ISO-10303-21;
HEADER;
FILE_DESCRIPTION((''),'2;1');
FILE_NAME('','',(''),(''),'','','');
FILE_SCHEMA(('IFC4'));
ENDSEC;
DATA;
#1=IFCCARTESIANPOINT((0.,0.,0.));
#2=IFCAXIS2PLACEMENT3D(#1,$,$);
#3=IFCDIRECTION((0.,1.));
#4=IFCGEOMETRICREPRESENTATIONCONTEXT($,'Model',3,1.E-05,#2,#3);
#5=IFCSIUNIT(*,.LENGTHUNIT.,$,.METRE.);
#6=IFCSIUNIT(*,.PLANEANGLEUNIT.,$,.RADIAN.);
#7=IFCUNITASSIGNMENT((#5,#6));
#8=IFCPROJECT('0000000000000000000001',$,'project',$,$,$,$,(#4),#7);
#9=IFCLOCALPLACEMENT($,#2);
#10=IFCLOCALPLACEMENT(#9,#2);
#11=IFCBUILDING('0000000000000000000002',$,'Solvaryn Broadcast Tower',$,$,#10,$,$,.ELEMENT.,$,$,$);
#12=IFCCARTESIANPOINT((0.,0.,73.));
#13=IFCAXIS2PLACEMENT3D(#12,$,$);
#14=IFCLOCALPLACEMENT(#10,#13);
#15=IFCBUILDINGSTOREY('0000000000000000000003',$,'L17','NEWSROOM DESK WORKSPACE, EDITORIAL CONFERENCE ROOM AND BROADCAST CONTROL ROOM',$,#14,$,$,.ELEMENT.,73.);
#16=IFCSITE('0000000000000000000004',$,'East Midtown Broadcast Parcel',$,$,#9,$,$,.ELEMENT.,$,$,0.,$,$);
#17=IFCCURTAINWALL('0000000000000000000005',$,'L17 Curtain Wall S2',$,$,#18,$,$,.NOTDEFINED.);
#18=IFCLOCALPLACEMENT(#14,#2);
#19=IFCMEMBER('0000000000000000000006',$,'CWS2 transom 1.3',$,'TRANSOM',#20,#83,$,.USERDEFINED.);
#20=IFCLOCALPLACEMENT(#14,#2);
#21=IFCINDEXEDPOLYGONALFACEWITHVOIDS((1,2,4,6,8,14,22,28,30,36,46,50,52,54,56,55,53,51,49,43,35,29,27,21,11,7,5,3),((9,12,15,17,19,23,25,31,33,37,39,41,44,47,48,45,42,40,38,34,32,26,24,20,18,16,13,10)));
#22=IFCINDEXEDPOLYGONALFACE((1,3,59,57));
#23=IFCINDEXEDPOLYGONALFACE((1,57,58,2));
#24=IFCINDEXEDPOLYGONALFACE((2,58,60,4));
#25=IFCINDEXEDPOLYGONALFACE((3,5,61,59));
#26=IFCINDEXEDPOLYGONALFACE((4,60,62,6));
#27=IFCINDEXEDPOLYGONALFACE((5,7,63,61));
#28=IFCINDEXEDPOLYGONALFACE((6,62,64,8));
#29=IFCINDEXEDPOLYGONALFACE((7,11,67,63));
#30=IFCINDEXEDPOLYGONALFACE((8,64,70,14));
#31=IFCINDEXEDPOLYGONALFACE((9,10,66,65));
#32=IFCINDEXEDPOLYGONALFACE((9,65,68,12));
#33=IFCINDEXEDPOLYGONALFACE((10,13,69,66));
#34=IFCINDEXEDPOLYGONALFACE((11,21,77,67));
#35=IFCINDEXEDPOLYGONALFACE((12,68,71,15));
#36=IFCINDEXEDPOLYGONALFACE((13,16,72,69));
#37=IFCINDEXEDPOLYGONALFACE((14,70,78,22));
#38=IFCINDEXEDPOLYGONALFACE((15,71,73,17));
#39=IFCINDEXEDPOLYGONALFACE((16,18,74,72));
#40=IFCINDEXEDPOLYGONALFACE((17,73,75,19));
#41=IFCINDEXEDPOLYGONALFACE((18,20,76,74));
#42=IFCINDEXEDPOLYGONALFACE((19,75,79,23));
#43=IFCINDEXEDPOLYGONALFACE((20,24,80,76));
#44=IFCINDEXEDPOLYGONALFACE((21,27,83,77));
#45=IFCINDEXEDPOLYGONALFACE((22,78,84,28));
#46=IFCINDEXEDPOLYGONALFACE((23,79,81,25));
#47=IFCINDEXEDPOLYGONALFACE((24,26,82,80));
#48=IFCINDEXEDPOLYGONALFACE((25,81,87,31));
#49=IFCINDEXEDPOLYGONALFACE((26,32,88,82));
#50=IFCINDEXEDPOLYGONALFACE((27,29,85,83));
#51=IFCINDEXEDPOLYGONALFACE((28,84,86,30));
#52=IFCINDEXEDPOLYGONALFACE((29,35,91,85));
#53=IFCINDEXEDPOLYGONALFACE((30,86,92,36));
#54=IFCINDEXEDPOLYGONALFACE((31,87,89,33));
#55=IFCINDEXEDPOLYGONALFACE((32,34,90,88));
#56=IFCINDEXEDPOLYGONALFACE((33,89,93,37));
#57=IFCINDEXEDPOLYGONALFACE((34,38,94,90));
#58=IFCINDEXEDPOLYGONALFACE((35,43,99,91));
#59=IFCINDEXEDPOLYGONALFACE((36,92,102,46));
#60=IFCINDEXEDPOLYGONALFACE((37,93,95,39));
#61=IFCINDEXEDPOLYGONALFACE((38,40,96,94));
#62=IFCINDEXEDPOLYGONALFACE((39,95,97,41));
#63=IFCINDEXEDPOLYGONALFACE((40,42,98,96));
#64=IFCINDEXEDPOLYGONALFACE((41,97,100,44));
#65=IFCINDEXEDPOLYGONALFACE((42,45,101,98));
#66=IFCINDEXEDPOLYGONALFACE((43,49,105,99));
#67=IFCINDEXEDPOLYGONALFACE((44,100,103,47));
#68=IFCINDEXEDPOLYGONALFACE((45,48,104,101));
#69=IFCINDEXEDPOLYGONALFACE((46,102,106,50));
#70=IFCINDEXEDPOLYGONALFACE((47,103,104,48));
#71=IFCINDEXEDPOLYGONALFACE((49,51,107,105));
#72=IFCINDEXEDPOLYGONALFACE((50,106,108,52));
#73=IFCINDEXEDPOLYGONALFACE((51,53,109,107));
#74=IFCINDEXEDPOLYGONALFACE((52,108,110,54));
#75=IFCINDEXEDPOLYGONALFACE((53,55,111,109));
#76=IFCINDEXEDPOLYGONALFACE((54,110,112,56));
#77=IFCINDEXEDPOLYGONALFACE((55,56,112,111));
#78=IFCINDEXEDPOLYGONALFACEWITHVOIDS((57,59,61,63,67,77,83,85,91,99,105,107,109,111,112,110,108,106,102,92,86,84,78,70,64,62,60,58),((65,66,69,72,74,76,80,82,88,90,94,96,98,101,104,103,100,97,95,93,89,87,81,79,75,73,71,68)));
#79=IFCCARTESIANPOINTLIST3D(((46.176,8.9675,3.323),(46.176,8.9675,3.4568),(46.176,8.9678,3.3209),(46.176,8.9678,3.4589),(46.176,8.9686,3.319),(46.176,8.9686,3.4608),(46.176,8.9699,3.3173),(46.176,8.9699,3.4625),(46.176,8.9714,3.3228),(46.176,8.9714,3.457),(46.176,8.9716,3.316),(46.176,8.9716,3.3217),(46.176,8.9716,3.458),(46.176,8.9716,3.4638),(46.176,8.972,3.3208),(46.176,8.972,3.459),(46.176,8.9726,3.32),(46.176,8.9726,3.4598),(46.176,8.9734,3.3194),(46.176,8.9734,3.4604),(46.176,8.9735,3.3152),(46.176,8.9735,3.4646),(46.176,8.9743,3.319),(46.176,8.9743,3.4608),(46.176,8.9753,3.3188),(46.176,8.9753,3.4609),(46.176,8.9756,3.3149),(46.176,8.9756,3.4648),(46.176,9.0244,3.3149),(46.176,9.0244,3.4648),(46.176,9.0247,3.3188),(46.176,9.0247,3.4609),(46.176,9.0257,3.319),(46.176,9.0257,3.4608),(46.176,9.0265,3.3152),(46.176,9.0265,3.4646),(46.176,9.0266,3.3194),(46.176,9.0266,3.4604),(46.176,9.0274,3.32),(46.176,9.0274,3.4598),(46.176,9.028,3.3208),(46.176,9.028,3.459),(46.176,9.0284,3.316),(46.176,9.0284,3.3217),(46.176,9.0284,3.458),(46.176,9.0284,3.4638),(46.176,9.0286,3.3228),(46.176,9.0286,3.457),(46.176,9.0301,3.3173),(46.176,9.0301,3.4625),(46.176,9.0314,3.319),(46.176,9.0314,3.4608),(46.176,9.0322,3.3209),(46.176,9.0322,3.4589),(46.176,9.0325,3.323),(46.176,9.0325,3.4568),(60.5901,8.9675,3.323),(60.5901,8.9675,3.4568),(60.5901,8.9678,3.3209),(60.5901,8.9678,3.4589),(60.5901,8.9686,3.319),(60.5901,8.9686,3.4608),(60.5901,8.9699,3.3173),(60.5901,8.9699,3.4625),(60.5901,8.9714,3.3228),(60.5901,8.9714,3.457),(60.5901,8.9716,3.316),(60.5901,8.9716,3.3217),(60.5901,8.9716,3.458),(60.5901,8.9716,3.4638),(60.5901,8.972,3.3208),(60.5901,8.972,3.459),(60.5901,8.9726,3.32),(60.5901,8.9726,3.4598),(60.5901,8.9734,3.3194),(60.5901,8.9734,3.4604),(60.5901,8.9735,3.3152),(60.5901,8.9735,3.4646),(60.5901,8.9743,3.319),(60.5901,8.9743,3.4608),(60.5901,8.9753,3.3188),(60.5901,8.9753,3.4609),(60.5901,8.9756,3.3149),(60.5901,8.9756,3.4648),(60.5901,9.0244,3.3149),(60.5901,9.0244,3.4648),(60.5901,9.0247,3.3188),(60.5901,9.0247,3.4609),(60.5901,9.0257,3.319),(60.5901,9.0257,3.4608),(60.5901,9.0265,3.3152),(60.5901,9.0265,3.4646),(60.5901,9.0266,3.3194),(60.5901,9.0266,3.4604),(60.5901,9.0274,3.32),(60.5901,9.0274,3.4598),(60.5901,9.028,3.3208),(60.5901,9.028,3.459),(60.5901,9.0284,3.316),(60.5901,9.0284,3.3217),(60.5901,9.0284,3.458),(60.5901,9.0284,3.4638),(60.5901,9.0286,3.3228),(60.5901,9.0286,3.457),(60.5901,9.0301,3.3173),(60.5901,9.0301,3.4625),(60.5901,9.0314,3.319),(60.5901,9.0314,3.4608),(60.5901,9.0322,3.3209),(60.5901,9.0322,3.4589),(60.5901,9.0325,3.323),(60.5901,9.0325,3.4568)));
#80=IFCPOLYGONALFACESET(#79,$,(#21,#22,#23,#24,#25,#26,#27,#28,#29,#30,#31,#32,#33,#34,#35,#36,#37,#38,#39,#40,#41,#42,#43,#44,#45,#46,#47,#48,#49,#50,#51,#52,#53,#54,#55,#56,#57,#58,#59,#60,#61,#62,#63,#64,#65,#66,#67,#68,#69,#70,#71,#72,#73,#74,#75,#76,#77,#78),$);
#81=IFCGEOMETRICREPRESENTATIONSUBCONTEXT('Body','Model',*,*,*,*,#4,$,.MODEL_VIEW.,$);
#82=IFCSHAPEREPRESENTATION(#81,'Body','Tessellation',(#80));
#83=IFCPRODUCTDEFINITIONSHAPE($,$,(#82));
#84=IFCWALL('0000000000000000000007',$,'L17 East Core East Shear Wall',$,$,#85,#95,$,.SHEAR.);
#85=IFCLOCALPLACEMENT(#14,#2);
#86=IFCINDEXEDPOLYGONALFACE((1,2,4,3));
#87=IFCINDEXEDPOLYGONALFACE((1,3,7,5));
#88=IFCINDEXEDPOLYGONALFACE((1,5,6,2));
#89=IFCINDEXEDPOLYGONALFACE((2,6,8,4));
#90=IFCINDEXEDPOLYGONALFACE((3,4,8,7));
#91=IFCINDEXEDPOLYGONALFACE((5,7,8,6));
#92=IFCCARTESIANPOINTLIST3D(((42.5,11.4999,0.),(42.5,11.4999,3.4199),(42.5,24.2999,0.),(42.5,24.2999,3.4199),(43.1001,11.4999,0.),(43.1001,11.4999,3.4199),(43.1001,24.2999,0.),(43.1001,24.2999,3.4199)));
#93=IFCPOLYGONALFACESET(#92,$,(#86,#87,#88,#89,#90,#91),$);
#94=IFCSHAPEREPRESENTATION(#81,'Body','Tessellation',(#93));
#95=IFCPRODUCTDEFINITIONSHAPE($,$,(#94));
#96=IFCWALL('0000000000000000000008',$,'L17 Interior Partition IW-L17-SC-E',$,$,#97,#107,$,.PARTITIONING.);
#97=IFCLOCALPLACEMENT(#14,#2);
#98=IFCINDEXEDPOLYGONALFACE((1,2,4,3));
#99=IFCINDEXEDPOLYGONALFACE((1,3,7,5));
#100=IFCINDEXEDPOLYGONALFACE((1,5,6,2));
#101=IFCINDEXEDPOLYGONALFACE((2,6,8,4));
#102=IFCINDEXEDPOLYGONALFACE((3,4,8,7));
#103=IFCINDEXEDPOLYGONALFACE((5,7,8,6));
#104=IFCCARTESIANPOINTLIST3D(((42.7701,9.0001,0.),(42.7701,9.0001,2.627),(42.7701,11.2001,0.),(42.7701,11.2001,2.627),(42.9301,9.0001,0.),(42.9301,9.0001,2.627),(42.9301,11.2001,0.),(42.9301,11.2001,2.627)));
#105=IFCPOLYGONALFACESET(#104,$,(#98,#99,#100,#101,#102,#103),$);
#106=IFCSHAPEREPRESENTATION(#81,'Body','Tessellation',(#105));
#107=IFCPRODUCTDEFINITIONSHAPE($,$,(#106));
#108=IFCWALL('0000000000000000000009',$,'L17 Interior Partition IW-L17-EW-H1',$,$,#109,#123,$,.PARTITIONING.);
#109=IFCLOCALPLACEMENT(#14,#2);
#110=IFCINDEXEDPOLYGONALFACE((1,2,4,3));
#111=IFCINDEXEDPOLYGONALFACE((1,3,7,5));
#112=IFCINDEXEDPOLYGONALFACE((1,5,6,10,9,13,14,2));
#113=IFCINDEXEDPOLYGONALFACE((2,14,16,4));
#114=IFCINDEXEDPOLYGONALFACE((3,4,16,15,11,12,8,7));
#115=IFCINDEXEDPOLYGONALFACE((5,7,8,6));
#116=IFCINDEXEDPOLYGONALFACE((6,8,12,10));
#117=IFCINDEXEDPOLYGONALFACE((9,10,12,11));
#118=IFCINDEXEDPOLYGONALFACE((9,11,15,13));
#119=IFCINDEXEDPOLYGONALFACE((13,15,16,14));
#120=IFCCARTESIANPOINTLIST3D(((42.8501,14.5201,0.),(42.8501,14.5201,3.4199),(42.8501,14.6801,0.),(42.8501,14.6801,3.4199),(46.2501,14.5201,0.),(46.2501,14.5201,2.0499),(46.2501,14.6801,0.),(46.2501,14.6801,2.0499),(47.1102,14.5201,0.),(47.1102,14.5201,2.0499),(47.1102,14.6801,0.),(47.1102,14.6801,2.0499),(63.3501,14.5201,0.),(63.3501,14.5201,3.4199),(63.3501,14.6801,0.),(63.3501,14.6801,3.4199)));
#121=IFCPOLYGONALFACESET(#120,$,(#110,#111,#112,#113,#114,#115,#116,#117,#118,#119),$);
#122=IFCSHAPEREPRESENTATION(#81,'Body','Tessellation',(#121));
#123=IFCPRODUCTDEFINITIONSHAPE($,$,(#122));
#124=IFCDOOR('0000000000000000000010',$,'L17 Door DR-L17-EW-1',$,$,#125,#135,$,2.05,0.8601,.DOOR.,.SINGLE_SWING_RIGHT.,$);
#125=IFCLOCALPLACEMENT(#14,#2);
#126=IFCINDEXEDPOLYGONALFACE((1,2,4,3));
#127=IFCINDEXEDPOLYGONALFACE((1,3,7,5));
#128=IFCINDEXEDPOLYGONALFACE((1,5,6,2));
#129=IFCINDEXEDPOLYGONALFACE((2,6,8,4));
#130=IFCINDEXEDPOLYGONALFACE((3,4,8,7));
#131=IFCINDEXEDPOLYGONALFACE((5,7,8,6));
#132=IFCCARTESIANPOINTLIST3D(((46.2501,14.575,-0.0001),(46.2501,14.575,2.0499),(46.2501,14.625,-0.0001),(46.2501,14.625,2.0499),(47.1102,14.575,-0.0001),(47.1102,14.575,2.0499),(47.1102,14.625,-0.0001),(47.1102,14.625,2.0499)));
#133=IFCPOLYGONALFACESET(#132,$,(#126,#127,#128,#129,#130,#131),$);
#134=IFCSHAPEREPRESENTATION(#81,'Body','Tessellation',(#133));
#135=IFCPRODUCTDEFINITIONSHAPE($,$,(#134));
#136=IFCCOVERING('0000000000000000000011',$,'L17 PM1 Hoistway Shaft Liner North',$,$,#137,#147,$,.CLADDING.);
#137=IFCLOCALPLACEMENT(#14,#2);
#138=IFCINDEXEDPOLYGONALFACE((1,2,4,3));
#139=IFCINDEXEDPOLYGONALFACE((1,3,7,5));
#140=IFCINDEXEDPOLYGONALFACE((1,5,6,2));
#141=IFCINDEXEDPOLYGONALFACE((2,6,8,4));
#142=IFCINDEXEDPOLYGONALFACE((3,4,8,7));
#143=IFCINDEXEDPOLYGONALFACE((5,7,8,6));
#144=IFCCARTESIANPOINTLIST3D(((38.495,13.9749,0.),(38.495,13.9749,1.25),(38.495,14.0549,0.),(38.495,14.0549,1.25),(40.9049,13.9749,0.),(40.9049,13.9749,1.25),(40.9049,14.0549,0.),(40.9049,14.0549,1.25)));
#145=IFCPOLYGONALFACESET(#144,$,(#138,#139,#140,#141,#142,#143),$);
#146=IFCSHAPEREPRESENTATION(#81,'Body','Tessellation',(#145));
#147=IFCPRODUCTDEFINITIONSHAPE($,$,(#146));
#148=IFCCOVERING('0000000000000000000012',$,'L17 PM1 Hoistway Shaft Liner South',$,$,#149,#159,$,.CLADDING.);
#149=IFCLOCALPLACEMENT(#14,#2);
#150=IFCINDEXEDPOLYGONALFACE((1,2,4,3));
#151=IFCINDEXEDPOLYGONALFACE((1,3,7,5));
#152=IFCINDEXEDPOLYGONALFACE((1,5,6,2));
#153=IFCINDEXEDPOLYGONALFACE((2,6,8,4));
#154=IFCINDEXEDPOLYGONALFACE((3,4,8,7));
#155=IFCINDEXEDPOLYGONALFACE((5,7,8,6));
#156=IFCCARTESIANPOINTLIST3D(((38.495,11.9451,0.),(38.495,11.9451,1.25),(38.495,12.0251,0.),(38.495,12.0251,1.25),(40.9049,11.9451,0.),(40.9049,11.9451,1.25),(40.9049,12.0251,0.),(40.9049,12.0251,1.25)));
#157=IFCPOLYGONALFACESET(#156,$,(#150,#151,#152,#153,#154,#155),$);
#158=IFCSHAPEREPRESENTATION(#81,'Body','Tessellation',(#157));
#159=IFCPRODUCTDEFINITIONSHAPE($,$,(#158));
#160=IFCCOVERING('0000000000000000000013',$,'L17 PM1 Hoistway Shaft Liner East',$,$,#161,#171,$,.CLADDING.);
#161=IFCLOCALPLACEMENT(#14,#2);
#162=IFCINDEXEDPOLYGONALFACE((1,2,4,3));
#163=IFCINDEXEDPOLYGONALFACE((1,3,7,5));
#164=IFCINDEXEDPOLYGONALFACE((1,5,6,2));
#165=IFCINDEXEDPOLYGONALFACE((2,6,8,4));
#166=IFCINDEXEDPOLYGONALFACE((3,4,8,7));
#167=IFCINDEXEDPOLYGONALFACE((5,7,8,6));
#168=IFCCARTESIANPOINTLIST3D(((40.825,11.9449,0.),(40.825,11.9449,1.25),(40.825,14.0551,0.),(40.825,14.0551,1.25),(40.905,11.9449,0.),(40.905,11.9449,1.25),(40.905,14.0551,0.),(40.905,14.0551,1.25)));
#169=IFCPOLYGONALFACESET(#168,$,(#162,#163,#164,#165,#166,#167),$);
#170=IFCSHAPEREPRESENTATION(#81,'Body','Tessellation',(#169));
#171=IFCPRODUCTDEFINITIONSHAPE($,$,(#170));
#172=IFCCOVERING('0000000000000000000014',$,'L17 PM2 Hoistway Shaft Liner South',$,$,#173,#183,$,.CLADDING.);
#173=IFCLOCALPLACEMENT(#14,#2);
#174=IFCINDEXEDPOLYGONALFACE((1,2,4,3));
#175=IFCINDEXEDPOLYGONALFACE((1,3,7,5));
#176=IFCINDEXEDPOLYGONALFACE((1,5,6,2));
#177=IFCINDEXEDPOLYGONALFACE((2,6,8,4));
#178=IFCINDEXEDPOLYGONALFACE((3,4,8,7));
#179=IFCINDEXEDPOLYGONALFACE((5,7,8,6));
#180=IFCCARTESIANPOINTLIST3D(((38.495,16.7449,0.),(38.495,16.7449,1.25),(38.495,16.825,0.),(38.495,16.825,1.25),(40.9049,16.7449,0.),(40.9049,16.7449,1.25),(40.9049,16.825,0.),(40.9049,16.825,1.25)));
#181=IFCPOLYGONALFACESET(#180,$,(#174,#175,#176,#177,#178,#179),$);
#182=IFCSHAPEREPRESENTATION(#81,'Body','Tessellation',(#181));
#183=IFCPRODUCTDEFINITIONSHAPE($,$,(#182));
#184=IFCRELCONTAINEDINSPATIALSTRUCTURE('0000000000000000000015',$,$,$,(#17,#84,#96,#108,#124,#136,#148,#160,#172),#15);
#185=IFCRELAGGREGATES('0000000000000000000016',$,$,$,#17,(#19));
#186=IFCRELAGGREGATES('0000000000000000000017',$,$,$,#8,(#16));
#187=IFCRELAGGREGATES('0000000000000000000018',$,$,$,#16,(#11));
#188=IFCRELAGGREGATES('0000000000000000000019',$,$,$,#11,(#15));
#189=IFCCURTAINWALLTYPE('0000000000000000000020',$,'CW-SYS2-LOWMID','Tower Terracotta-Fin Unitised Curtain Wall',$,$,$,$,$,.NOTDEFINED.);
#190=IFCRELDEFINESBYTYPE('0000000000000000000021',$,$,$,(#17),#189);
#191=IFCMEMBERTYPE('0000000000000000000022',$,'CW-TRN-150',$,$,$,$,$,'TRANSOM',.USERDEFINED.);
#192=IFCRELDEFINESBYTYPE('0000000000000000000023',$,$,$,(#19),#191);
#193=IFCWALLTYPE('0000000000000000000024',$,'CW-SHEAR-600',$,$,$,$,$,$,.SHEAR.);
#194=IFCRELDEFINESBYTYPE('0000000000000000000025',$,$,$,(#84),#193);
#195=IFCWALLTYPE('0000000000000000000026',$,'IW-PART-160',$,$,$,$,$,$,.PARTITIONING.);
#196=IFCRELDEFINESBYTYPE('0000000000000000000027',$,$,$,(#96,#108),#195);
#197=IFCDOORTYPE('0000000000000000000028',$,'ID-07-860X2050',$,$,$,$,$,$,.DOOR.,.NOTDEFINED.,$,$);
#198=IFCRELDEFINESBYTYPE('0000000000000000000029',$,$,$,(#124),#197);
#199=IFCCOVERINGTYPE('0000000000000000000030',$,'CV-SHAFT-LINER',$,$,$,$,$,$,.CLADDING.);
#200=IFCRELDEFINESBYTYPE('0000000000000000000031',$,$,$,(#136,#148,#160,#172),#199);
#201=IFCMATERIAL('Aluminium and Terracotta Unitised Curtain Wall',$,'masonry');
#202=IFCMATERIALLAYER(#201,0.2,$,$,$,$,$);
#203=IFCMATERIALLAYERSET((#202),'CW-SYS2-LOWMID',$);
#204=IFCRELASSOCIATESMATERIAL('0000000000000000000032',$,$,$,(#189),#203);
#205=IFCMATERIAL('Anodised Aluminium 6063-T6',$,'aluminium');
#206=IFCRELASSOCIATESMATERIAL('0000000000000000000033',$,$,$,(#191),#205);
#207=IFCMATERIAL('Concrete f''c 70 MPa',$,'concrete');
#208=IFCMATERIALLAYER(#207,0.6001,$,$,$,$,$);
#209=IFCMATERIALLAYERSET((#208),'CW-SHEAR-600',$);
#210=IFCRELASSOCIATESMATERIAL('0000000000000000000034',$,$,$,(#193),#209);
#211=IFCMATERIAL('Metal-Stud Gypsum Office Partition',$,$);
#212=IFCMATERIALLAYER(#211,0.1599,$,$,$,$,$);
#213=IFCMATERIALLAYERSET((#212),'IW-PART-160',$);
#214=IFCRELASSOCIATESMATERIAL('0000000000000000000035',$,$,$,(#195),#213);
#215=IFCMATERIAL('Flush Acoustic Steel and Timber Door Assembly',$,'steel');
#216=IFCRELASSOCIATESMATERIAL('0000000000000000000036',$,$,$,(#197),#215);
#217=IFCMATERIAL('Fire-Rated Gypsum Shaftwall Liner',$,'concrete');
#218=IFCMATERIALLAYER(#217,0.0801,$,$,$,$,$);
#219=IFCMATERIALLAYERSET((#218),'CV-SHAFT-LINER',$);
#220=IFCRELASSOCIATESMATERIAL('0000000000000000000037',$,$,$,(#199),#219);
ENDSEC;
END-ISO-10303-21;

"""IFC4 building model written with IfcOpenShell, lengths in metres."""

from ifc_helpers import new_model, si_unit, direction, frame, frame_2d, origin, origin_2d, place, context, subcontext, project, spatial, rectangle, hollow_rectangle, extrude, material, layer, layer_set, material_profile, profile_set, type_object, element, fill, aggregate, save


model = new_model("IFC4")

# Units and contexts
model_context = context("Model", 3, precision=1e-05, world=origin(), true_north=direction((0.0, 1.0)))
body_context = subcontext(model_context, "Body", "Model", "MODEL_VIEW")
ifc_project = project(units=[si_unit("LENGTHUNIT", "METRE"), si_unit("PLANEANGLEUNIT", "RADIAN")], contexts=[model_context])

# Site, building, storey
site_placement = place(None, origin())
site = spatial("IfcSite", under=ifc_project, at=site_placement, Name="East Midtown Broadcast Parcel", CompositionType="ELEMENT", RefElevation=0.0)
building_placement = place(site_placement, origin())
building = spatial("IfcBuilding", under=site, at=building_placement, Name="Solvaryn Broadcast Tower", CompositionType="ELEMENT")
storey_placement = place(building_placement, frame((0.0, 0.0, 73.0)))
storey = spatial("IfcBuildingStorey", under=building, at=storey_placement, Name="L17", Description="NEWSROOM DESK WORKSPACE, EDITORIAL CONFERENCE ROOM AND BROADCAST CONTROL ROOM", CompositionType="ELEMENT", Elevation=73.0)

# Shared definitions
ifc_material_1 = material(Name="Aluminium and Terracotta Unitised Curtain Wall", Category="masonry")
ifc_layer_1 = layer(ifc_material_1, 0.2)
ifc_layer_set_1 = layer_set([ifc_layer_1], Name="CW-SYS2-LOWMID")
curtain_wall_type = type_object("IfcCurtainWallType", Name="CW-SYS2-LOWMID", Description="Tower Terracotta-Fin Unitised Curtain Wall", PredefinedType="NOTDEFINED", material=ifc_layer_set_1)

# Curtain wall, member
curtain_wall_1_placement = place(storey_placement, origin())
curtain_wall_1 = element("IfcCurtainWall", 1, at=curtain_wall_1_placement, inside=storey, type_object=curtain_wall_type, Name="L17 Curtain Wall S2", PredefinedType="NOTDEFINED")
ifc_material_2 = material(Name="Anodised Aluminium 6063-T6", Category="aluminium")
ifc_material_profile_1 = material_profile(ifc_material_2, hollow_rectangle(XDim=0.0649, YDim=0.1499, WallThickness=0.0039, InnerFilletRadius=0.0039, OuterFilletRadius=0.0081, at=origin_2d()))
ifc_profile_set_1 = profile_set([ifc_material_profile_1], Name="Anodised Aluminium 6063-T6")
member_type_1 = type_object("IfcMemberType", Name="CW-TRN-150", ElementType="TRANSOM", PredefinedType="USERDEFINED", material=ifc_profile_set_1)
member_1_placement = place(storey_placement, frame((46.176, 9.0, 3.3899), z_axis=(1.0, 0.0, 0.0), x_axis=(0.0, 1.0, 0.0)))
member_1 = element("IfcMember", 2, at=member_1_placement, type_object=member_type_1, Name="CWS2 transom 1.3", ObjectType="TRANSOM", PredefinedType="USERDEFINED", context=body_context, shape_type="SweptSolid", body=[
    extrude(hollow_rectangle(XDim=0.0649, YDim=0.1499, WallThickness=0.0039, InnerFilletRadius=0.0039, OuterFilletRadius=0.0081, at=origin_2d()), origin(), (0.0, 0.0, 1.0), 14.4141),
])
aggregate(curtain_wall_1, [member_1])

# Walls
ifc_material_3 = material(Name="Concrete f'c 70 MPa", Category="concrete")
ifc_layer_2 = layer(ifc_material_3, 0.6001)
ifc_layer_set_2 = layer_set([ifc_layer_2], Name="CW-SHEAR-600")
wall_type_1 = type_object("IfcWallType", Name="CW-SHEAR-600", PredefinedType="SHEAR", material=ifc_layer_set_2)
wall_1_placement = place(storey_placement, frame((42.8, 11.5, 0.0), z_axis=(0.0, 0.0, 1.0), x_axis=(0.0, 1.0, 0.0)))
element("IfcWall", 3, at=wall_1_placement, inside=storey, type_object=wall_type_1, Name="L17 East Core East Shear Wall", PredefinedType="SHEAR", context=body_context, shape_type="SweptSolid", body=[
    extrude(rectangle(XDim=12.8, YDim=0.6001, at=frame_2d((6.3999, 0.0))), origin(), (0.0, 0.0, 1.0), 3.4199),
])
ifc_material_4 = material(Name="Metal-Stud Gypsum Office Partition")
ifc_layer_3 = layer(ifc_material_4, 0.1599)
ifc_layer_set_3 = layer_set([ifc_layer_3], Name="IW-PART-160")
wall_type_2 = type_object("IfcWallType", Name="IW-PART-160", PredefinedType="PARTITIONING", material=ifc_layer_set_3)
wall_2_placement = place(storey_placement, frame((42.8501, 9.0, 0.0), z_axis=(0.0, 0.0, 1.0), x_axis=(0.0, 1.0, 0.0)))
element("IfcWall", 4, at=wall_2_placement, inside=storey, type_object=wall_type_2, Name="L17 Interior Partition IW-L17-SC-E", PredefinedType="PARTITIONING", context=body_context, shape_type="SweptSolid", body=[
    extrude(rectangle(XDim=2.2, YDim=0.1599, at=frame_2d((1.1001, 0.0))), origin(), (0.0, 0.0, 1.0), 2.627),
])

# Wall, opening, door
wall_3_placement = place(storey_placement, frame((42.8501, 14.6001, 0.0), z_axis=(0.0, 0.0, 1.0), x_axis=(1.0, 0.0, 0.0)))
wall_3 = element("IfcWall", 5, at=wall_3_placement, inside=storey, type_object=wall_type_2, Name="L17 Interior Partition IW-L17-EW-H1", PredefinedType="PARTITIONING", context=body_context, shape_type="SweptSolid", body=[
    extrude(rectangle(XDim=20.5, YDim=0.1599, at=frame_2d((10.25, 0.0))), origin(), (0.0, 0.0, 1.0), 3.4199),
])
opening_1_placement = place(wall_3_placement, frame((3.3999, 0.0, 0.0)))
opening_1 = element("IfcOpeningElement", 6, at=opening_1_placement, cuts=wall_3, PredefinedType="OPENING", context=body_context, shape_type="SweptSolid", body=[
    extrude(rectangle(XDim=0.8601, YDim=2.05, at=frame_2d((0.4302, 1.0249))), frame((0.0, 0.0901, 0.0), z_axis=(0.0, -1.0, 0.0), x_axis=(1.0, 0.0, 0.0)), (0.0, 0.0, 1.0), 0.1799),
])
ifc_material_5 = material(Name="Flush Acoustic Steel and Timber Door Assembly", Category="steel")
door_type_1 = type_object("IfcDoorType", Name="ID-07-860X2050", OperationType="NOTDEFINED", PredefinedType="DOOR", material=ifc_material_5)
door_1_placement = place(opening_1_placement, origin())
door_1 = element("IfcDoor", 7, at=door_1_placement, inside=storey, type_object=door_type_1, Name="L17 Door DR-L17-EW-1", OperationType="SINGLE_SWING_RIGHT", OverallHeight=2.05, OverallWidth=0.8601, PredefinedType="DOOR", context=body_context, shape_type="SweptSolid", body=[
    extrude(rectangle(XDim=0.8601, YDim=2.05, at=frame_2d((0.4302, 1.0249))), frame((0.0, 0.0249, 0.0), z_axis=(0.0, -1.0, 0.0), x_axis=(1.0, 0.0, 0.0)), (0.0, 0.0, 1.0), 0.05),
])
fill(opening_1, door_1)

# Coverings
ifc_material_6 = material(Name="Fire-Rated Gypsum Shaftwall Liner", Category="concrete")
ifc_layer_4 = layer(ifc_material_6, 0.0801)
ifc_layer_set_4 = layer_set([ifc_layer_4], Name="CV-SHAFT-LINER")
covering_type_1 = type_object("IfcCoveringType", Name="CV-SHAFT-LINER", PredefinedType="CLADDING", material=ifc_layer_set_4)
for number, where, z_axis, x_axis, name in (
    (8, (39.7, 14.0149, 0.0), (0.0, 0.0, 1.0), (1.0, 0.0, 0.0), "L17 PM1 Hoistway Shaft Liner North"),
    (9, (39.7, 11.9851, 0.0), (0.0, 0.0, 1.0), (1.0, 0.0, 0.0), "L17 PM1 Hoistway Shaft Liner South"),
):
    element("IfcCovering", number, at=place(storey_placement, frame(where, z_axis=z_axis, x_axis=x_axis)), inside=storey, type_object=covering_type_1, Name=name, PredefinedType="CLADDING", context=body_context, shape_type="SweptSolid", body=[
        extrude(rectangle(XDim=2.4099, YDim=0.0801, at=origin_2d()), origin(), (0.0, 0.0, 1.0), 1.25),
    ])
covering_1_placement = place(storey_placement, frame((40.865, 13.0, 0.0), z_axis=(0.0, 0.0, 1.0), x_axis=(1.0, 0.0, 0.0)))
element("IfcCovering", 10, at=covering_1_placement, inside=storey, type_object=covering_type_1, Name="L17 PM1 Hoistway Shaft Liner East", PredefinedType="CLADDING", context=body_context, shape_type="SweptSolid", body=[
    extrude(rectangle(XDim=0.0801, YDim=2.1101, at=origin_2d()), origin(), (0.0, 0.0, 1.0), 1.25),
])
covering_2_placement = place(storey_placement, frame((39.7, 16.7849, 0.0), z_axis=(0.0, 0.0, 1.0), x_axis=(1.0, 0.0, 0.0)))
element("IfcCovering", 11, at=covering_2_placement, inside=storey, type_object=covering_type_1, Name="L17 PM2 Hoistway Shaft Liner South", PredefinedType="CLADDING", context=body_context, shape_type="SweptSolid", body=[
    extrude(rectangle(XDim=2.4099, YDim=0.0801, at=origin_2d()), origin(), (0.0, 0.0, 1.0), 1.25),
])

save(model, "model.ifc")
